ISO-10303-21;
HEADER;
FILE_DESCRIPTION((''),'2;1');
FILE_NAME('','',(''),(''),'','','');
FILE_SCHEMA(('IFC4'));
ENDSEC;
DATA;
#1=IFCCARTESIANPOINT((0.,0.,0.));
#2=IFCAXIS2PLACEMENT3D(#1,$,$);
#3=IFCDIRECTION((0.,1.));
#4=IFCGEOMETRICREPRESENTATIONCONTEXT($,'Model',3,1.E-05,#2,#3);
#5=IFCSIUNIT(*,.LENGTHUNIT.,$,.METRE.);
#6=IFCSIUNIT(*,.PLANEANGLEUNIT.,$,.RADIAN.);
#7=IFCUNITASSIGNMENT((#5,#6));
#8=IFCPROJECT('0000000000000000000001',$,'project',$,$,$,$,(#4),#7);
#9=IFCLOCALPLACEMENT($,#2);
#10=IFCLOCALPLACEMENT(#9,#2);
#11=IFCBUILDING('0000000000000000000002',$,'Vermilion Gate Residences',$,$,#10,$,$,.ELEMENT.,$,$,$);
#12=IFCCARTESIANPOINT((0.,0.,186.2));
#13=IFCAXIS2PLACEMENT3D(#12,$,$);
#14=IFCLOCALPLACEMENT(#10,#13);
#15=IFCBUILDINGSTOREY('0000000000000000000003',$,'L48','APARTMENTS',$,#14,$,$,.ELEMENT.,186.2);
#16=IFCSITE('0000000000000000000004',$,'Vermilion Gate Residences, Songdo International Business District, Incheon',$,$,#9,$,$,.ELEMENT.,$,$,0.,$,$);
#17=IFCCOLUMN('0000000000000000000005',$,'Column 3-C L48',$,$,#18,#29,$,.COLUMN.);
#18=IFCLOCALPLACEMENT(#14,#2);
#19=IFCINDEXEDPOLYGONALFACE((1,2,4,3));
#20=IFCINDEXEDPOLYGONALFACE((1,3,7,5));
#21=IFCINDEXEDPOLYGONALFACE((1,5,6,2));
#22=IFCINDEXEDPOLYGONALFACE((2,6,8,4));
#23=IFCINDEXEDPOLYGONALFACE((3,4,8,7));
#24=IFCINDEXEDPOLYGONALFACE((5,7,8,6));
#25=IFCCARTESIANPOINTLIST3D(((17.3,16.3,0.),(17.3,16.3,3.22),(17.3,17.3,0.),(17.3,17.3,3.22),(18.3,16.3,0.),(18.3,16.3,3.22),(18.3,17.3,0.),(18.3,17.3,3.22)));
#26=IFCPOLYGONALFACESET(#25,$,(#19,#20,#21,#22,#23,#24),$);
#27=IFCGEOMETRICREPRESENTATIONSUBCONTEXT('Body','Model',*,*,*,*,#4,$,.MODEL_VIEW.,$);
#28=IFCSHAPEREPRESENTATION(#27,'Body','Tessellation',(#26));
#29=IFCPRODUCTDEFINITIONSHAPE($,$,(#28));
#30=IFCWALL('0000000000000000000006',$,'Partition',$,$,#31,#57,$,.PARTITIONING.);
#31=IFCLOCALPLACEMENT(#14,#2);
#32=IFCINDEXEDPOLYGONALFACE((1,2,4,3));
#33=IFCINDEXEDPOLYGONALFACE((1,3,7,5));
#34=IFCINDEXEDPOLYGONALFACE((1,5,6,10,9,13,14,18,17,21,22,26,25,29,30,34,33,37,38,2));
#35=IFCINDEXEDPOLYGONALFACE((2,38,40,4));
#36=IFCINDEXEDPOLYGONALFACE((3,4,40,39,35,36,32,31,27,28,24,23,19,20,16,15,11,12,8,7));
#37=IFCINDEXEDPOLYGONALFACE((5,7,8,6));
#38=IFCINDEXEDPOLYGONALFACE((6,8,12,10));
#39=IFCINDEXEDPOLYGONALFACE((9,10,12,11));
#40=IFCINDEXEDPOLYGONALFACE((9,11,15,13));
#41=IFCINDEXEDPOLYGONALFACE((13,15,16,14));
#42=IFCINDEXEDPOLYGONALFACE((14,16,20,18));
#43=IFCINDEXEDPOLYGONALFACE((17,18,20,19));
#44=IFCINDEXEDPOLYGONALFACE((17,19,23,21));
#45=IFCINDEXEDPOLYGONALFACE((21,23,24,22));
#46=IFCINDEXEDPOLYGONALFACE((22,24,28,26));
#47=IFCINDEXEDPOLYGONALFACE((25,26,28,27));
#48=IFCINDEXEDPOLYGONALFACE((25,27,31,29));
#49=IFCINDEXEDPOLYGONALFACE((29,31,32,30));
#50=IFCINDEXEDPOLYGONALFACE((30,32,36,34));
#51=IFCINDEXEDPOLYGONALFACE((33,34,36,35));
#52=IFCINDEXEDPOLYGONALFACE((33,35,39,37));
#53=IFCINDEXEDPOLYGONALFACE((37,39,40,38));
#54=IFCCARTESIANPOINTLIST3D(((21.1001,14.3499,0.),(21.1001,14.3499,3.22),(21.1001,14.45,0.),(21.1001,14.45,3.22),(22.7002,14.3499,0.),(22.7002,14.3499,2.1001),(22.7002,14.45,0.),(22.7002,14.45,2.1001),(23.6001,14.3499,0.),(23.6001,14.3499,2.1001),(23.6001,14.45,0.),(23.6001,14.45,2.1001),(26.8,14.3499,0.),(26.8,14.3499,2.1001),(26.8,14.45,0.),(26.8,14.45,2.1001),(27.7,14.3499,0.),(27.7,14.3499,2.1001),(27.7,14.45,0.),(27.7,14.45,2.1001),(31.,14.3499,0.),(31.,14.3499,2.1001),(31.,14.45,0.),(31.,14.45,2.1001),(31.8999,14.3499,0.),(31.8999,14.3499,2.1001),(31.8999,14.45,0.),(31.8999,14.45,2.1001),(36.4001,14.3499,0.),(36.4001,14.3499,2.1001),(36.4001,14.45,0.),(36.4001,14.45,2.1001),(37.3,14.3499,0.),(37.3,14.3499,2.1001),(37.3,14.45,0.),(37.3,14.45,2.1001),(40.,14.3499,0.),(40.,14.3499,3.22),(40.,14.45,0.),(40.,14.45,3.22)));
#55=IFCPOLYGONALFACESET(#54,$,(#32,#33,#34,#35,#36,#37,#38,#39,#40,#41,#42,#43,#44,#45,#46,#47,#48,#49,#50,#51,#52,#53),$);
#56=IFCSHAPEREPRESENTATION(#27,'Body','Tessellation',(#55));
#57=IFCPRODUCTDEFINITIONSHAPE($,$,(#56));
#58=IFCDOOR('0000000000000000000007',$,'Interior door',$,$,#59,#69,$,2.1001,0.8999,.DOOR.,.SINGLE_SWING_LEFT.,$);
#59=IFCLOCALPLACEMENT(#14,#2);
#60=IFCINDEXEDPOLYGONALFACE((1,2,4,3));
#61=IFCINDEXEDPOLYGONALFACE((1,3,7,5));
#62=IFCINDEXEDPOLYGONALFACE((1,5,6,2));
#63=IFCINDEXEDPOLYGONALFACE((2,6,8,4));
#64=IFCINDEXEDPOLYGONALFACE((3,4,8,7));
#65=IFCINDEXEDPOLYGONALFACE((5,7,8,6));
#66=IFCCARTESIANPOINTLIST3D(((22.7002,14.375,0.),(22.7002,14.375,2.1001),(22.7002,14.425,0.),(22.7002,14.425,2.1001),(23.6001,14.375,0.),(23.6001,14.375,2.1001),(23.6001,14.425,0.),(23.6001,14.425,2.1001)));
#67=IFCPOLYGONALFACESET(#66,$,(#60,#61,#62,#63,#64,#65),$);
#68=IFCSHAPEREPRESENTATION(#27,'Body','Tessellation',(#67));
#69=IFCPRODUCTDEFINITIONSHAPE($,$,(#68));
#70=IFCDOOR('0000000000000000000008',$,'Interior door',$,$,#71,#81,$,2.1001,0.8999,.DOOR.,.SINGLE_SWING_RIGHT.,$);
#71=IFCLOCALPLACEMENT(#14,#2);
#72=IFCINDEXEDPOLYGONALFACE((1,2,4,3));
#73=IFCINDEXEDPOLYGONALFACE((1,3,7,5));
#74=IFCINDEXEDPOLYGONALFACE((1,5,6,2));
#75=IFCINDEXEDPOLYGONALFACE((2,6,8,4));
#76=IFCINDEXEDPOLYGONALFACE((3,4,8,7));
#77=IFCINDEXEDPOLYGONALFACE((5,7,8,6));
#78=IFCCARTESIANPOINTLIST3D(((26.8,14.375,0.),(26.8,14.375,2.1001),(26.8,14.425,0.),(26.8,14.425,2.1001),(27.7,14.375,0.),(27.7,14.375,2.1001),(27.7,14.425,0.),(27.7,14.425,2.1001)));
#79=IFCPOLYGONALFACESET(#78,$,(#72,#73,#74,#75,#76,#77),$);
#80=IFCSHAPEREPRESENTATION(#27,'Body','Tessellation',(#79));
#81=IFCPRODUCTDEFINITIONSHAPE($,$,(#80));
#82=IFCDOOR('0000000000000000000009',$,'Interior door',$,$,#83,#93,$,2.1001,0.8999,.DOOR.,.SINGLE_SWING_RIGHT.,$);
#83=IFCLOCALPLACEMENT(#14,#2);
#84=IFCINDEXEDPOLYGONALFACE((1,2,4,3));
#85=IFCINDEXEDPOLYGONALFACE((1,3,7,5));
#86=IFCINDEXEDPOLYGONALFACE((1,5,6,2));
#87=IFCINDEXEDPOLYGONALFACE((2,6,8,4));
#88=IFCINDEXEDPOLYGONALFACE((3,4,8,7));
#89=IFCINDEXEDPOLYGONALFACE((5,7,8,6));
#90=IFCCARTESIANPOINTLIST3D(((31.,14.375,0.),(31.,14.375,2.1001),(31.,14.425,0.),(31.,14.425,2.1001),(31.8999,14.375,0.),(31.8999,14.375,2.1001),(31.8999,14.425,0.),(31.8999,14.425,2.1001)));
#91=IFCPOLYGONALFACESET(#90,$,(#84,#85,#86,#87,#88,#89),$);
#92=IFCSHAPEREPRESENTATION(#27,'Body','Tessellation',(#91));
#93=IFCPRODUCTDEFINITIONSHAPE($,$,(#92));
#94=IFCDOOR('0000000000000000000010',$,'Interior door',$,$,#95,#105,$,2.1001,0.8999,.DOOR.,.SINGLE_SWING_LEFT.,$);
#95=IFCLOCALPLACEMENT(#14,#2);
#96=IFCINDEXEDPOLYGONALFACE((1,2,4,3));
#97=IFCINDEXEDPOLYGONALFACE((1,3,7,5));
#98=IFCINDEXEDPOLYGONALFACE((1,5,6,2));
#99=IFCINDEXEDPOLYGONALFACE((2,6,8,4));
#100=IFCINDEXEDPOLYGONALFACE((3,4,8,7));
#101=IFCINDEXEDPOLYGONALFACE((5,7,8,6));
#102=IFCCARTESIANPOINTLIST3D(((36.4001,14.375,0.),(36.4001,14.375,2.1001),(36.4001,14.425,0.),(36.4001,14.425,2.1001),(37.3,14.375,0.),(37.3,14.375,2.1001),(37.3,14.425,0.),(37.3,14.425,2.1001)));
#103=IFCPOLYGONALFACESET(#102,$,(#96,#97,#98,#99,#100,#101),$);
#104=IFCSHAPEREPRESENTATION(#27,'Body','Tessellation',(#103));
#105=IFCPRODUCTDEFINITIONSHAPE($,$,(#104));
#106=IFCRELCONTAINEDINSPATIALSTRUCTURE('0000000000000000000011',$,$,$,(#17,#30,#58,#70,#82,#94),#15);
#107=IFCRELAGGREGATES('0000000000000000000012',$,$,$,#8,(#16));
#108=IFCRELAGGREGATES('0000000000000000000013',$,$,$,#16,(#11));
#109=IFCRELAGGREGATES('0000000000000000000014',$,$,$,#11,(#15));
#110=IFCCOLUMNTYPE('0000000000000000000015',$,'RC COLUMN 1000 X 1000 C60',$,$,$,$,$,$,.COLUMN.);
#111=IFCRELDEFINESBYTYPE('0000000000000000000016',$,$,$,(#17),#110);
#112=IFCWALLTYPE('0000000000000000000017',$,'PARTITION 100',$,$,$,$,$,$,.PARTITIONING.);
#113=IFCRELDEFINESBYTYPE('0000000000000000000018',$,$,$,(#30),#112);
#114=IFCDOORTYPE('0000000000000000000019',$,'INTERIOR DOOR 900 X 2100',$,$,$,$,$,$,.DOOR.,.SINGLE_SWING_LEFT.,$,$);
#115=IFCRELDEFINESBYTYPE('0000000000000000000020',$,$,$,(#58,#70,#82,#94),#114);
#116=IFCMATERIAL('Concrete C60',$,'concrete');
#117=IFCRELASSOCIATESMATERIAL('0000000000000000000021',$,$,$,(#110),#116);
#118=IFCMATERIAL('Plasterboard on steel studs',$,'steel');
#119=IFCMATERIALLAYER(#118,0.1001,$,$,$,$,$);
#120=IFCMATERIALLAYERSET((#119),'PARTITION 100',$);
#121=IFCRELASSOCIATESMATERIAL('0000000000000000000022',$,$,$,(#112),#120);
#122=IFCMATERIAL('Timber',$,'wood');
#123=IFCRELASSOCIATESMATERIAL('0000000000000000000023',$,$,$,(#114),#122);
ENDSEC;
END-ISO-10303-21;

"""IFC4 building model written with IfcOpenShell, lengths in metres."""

from ifc_helpers import new_model, si_unit, direction, frame, frame_2d, origin, origin_2d, place, context, subcontext, project, spatial, rectangle, extrude, material, layer, layer_set, material_profile, profile_set, type_object, element, fill, save


model = new_model("IFC4")

# Units and contexts
model_context = context("Model", 3, precision=1e-05, world=origin(), true_north=direction((0.0, 1.0)))
body_context = subcontext(model_context, "Body", "Model", "MODEL_VIEW")
ifc_project = project(units=[si_unit("LENGTHUNIT", "METRE"), si_unit("PLANEANGLEUNIT", "RADIAN")], contexts=[model_context])

# Site, building, storey
site_placement = place(None, origin())
site = spatial("IfcSite", under=ifc_project, at=site_placement, Name="Vermilion Gate Residences, Songdo International Business District, Incheon", CompositionType="ELEMENT", RefElevation=0.0)
building_placement = place(site_placement, origin())
building = spatial("IfcBuilding", under=site, at=building_placement, Name="Vermilion Gate Residences", CompositionType="ELEMENT")
storey_placement = place(building_placement, frame((0.0, 0.0, 186.2)))
storey = spatial("IfcBuildingStorey", under=building, at=storey_placement, Name="L48", Description="APARTMENTS", CompositionType="ELEMENT", Elevation=186.2)

# Column
ifc_material_1 = material(Name="Concrete C60", Category="concrete")
ifc_material_profile = material_profile(ifc_material_1, rectangle(XDim=1.0, YDim=1.0, at=origin_2d()), Name="RC-1000x1000")
ifc_profile_set = profile_set([ifc_material_profile], Name="Concrete C60")
column_type = type_object("IfcColumnType", Name="RC COLUMN 1000 X 1000 C60", PredefinedType="COLUMN", material=ifc_profile_set)
column_placement = place(storey_placement, frame((17.8, 16.8, 0.0), z_axis=(0.0, 0.0, 1.0), x_axis=(1.0, 0.0, 0.0)))
element("IfcColumn", 1, at=column_placement, inside=storey, type_object=column_type, Name="Column 3-C L48", PredefinedType="COLUMN", context=body_context, shape_type="SweptSolid", body=[
    extrude(rectangle(XDim=1.0, YDim=1.0, at=origin_2d()), origin(), (0.0, 0.0, 1.0), 3.22),
])

# Wall, openings, doors
ifc_material_2 = material(Name="Plasterboard on steel studs", Category="steel")
ifc_layer_1 = layer(ifc_material_2, 0.1001)
ifc_layer_set_1 = layer_set([ifc_layer_1], Name="PARTITION 100")
wall_type_1 = type_object("IfcWallType", Name="PARTITION 100", PredefinedType="PARTITIONING", material=ifc_layer_set_1)
wall_1_placement = place(storey_placement, frame((21.1001, 14.3999, 0.0), z_axis=(0.0, 0.0, 1.0), x_axis=(1.0, 0.0, 0.0)))
wall_1 = element("IfcWall", 2, at=wall_1_placement, inside=storey, type_object=wall_type_1, Name="Partition", PredefinedType="PARTITIONING", context=body_context, shape_type="SweptSolid", body=[
    extrude(rectangle(XDim=18.8999, YDim=0.1001, at=frame_2d((9.45, 0.0))), origin(), (0.0, 0.0, 1.0), 3.22),
])
opening_1_placement = place(wall_1_placement, frame((1.6001, 0.0, 0.0)))
opening_1 = element("IfcOpeningElement", 3, at=opening_1_placement, cuts=wall_1, PredefinedType="OPENING", context=body_context, shape_type="SweptSolid", body=[
    extrude(rectangle(XDim=0.8999, YDim=2.1001, at=frame_2d((0.45, 1.05))), frame((0.0, 0.0601, 0.0), z_axis=(0.0, -1.0, 0.0), x_axis=(1.0, 0.0, 0.0)), (0.0, 0.0, 1.0), 0.1201),
])
opening_2_placement = place(wall_1_placement, frame((5.7, 0.0, 0.0)))
opening_2 = element("IfcOpeningElement", 4, at=opening_2_placement, cuts=wall_1, PredefinedType="OPENING", context=body_context, shape_type="SweptSolid", body=[
    extrude(rectangle(XDim=0.8999, YDim=2.1001, at=frame_2d((0.45, 1.05))), frame((0.0, 0.0601, 0.0), z_axis=(0.0, -1.0, 0.0), x_axis=(1.0, 0.0, 0.0)), (0.0, 0.0, 1.0), 0.1201),
])
opening_3_placement = place(wall_1_placement, frame((9.8999, 0.0, 0.0)))
opening_3 = element("IfcOpeningElement", 5, at=opening_3_placement, cuts=wall_1, PredefinedType="OPENING", context=body_context, shape_type="SweptSolid", body=[
    extrude(rectangle(XDim=0.8999, YDim=2.1001, at=frame_2d((0.45, 1.05))), frame((0.0, 0.0601, 0.0), z_axis=(0.0, -1.0, 0.0), x_axis=(1.0, 0.0, 0.0)), (0.0, 0.0, 1.0), 0.1201),
])
opening_4_placement = place(wall_1_placement, frame((15.3, 0.0, 0.0)))
opening_4 = element("IfcOpeningElement", 6, at=opening_4_placement, cuts=wall_1, PredefinedType="OPENING", context=body_context, shape_type="SweptSolid", body=[
    extrude(rectangle(XDim=0.8999, YDim=2.1001, at=frame_2d((0.45, 1.05))), frame((0.0, 0.0601, 0.0), z_axis=(0.0, -1.0, 0.0), x_axis=(1.0, 0.0, 0.0)), (0.0, 0.0, 1.0), 0.1201),
])
ifc_material_3 = material(Name="Timber", Category="wood")
door_type_1 = type_object("IfcDoorType", Name="INTERIOR DOOR 900 X 2100", OperationType="SINGLE_SWING_LEFT", PredefinedType="DOOR", material=ifc_material_3)
door_1_placement = place(opening_1_placement, frame((0.8999, 0.0, 0.0), z_axis=(0.0, 0.0, 1.0), x_axis=(-1.0, 0.0, 0.0)))
door_1 = element("IfcDoor", 7, at=door_1_placement, inside=storey, type_object=door_type_1, Name="Interior door", OperationType="SINGLE_SWING_LEFT", OverallHeight=2.1001, OverallWidth=0.8999, PredefinedType="DOOR", context=body_context, shape_type="SweptSolid", body=[
    extrude(rectangle(XDim=0.8999, YDim=2.1001, at=frame_2d((0.45, 1.05))), frame((0.0, 0.0249, 0.0), z_axis=(0.0, -1.0, 0.0), x_axis=(1.0, 0.0, 0.0)), (0.0, 0.0, 1.0), 0.05),
])
fill(opening_1, door_1)
door_2_placement = place(opening_2_placement, frame((0.8999, 0.0, 0.0), z_axis=(0.0, 0.0, 1.0), x_axis=(-1.0, 0.0, 0.0)))
door_2 = element("IfcDoor", 8, at=door_2_placement, inside=storey, type_object=door_type_1, Name="Interior door", OperationType="SINGLE_SWING_RIGHT", OverallHeight=2.1001, OverallWidth=0.8999, PredefinedType="DOOR", context=body_context, shape_type="SweptSolid", body=[
    extrude(rectangle(XDim=0.8999, YDim=2.1001, at=frame_2d((0.45, 1.05))), frame((0.0, 0.0249, 0.0), z_axis=(0.0, -1.0, 0.0), x_axis=(1.0, 0.0, 0.0)), (0.0, 0.0, 1.0), 0.05),
])
fill(opening_2, door_2)
door_3_placement = place(opening_3_placement, frame((0.8999, 0.0, 0.0), z_axis=(0.0, 0.0, 1.0), x_axis=(-1.0, 0.0, 0.0)))
door_3 = element("IfcDoor", 9, at=door_3_placement, inside=storey, type_object=door_type_1, Name="Interior door", OperationType="SINGLE_SWING_RIGHT", OverallHeight=2.1001, OverallWidth=0.8999, PredefinedType="DOOR", context=body_context, shape_type="SweptSolid", body=[
    extrude(rectangle(XDim=0.8999, YDim=2.1001, at=frame_2d((0.45, 1.05))), frame((0.0, 0.0249, 0.0), z_axis=(0.0, -1.0, 0.0), x_axis=(1.0, 0.0, 0.0)), (0.0, 0.0, 1.0), 0.05),
])
fill(opening_3, door_3)
door_4_placement = place(opening_4_placement, frame((0.8999, 0.0, 0.0), z_axis=(0.0, 0.0, 1.0), x_axis=(-1.0, 0.0, 0.0)))
door_4 = element("IfcDoor", 10, at=door_4_placement, inside=storey, type_object=door_type_1, Name="Interior door", OperationType="SINGLE_SWING_LEFT", OverallHeight=2.1001, OverallWidth=0.8999, PredefinedType="DOOR", context=body_context, shape_type="SweptSolid", body=[
    extrude(rectangle(XDim=0.8999, YDim=2.1001, at=frame_2d((0.45, 1.05))), frame((0.0, 0.0249, 0.0), z_axis=(0.0, -1.0, 0.0), x_axis=(1.0, 0.0, 0.0)), (0.0, 0.0, 1.0), 0.05),
])
fill(opening_4, door_4)

save(model, "model.ifc")
